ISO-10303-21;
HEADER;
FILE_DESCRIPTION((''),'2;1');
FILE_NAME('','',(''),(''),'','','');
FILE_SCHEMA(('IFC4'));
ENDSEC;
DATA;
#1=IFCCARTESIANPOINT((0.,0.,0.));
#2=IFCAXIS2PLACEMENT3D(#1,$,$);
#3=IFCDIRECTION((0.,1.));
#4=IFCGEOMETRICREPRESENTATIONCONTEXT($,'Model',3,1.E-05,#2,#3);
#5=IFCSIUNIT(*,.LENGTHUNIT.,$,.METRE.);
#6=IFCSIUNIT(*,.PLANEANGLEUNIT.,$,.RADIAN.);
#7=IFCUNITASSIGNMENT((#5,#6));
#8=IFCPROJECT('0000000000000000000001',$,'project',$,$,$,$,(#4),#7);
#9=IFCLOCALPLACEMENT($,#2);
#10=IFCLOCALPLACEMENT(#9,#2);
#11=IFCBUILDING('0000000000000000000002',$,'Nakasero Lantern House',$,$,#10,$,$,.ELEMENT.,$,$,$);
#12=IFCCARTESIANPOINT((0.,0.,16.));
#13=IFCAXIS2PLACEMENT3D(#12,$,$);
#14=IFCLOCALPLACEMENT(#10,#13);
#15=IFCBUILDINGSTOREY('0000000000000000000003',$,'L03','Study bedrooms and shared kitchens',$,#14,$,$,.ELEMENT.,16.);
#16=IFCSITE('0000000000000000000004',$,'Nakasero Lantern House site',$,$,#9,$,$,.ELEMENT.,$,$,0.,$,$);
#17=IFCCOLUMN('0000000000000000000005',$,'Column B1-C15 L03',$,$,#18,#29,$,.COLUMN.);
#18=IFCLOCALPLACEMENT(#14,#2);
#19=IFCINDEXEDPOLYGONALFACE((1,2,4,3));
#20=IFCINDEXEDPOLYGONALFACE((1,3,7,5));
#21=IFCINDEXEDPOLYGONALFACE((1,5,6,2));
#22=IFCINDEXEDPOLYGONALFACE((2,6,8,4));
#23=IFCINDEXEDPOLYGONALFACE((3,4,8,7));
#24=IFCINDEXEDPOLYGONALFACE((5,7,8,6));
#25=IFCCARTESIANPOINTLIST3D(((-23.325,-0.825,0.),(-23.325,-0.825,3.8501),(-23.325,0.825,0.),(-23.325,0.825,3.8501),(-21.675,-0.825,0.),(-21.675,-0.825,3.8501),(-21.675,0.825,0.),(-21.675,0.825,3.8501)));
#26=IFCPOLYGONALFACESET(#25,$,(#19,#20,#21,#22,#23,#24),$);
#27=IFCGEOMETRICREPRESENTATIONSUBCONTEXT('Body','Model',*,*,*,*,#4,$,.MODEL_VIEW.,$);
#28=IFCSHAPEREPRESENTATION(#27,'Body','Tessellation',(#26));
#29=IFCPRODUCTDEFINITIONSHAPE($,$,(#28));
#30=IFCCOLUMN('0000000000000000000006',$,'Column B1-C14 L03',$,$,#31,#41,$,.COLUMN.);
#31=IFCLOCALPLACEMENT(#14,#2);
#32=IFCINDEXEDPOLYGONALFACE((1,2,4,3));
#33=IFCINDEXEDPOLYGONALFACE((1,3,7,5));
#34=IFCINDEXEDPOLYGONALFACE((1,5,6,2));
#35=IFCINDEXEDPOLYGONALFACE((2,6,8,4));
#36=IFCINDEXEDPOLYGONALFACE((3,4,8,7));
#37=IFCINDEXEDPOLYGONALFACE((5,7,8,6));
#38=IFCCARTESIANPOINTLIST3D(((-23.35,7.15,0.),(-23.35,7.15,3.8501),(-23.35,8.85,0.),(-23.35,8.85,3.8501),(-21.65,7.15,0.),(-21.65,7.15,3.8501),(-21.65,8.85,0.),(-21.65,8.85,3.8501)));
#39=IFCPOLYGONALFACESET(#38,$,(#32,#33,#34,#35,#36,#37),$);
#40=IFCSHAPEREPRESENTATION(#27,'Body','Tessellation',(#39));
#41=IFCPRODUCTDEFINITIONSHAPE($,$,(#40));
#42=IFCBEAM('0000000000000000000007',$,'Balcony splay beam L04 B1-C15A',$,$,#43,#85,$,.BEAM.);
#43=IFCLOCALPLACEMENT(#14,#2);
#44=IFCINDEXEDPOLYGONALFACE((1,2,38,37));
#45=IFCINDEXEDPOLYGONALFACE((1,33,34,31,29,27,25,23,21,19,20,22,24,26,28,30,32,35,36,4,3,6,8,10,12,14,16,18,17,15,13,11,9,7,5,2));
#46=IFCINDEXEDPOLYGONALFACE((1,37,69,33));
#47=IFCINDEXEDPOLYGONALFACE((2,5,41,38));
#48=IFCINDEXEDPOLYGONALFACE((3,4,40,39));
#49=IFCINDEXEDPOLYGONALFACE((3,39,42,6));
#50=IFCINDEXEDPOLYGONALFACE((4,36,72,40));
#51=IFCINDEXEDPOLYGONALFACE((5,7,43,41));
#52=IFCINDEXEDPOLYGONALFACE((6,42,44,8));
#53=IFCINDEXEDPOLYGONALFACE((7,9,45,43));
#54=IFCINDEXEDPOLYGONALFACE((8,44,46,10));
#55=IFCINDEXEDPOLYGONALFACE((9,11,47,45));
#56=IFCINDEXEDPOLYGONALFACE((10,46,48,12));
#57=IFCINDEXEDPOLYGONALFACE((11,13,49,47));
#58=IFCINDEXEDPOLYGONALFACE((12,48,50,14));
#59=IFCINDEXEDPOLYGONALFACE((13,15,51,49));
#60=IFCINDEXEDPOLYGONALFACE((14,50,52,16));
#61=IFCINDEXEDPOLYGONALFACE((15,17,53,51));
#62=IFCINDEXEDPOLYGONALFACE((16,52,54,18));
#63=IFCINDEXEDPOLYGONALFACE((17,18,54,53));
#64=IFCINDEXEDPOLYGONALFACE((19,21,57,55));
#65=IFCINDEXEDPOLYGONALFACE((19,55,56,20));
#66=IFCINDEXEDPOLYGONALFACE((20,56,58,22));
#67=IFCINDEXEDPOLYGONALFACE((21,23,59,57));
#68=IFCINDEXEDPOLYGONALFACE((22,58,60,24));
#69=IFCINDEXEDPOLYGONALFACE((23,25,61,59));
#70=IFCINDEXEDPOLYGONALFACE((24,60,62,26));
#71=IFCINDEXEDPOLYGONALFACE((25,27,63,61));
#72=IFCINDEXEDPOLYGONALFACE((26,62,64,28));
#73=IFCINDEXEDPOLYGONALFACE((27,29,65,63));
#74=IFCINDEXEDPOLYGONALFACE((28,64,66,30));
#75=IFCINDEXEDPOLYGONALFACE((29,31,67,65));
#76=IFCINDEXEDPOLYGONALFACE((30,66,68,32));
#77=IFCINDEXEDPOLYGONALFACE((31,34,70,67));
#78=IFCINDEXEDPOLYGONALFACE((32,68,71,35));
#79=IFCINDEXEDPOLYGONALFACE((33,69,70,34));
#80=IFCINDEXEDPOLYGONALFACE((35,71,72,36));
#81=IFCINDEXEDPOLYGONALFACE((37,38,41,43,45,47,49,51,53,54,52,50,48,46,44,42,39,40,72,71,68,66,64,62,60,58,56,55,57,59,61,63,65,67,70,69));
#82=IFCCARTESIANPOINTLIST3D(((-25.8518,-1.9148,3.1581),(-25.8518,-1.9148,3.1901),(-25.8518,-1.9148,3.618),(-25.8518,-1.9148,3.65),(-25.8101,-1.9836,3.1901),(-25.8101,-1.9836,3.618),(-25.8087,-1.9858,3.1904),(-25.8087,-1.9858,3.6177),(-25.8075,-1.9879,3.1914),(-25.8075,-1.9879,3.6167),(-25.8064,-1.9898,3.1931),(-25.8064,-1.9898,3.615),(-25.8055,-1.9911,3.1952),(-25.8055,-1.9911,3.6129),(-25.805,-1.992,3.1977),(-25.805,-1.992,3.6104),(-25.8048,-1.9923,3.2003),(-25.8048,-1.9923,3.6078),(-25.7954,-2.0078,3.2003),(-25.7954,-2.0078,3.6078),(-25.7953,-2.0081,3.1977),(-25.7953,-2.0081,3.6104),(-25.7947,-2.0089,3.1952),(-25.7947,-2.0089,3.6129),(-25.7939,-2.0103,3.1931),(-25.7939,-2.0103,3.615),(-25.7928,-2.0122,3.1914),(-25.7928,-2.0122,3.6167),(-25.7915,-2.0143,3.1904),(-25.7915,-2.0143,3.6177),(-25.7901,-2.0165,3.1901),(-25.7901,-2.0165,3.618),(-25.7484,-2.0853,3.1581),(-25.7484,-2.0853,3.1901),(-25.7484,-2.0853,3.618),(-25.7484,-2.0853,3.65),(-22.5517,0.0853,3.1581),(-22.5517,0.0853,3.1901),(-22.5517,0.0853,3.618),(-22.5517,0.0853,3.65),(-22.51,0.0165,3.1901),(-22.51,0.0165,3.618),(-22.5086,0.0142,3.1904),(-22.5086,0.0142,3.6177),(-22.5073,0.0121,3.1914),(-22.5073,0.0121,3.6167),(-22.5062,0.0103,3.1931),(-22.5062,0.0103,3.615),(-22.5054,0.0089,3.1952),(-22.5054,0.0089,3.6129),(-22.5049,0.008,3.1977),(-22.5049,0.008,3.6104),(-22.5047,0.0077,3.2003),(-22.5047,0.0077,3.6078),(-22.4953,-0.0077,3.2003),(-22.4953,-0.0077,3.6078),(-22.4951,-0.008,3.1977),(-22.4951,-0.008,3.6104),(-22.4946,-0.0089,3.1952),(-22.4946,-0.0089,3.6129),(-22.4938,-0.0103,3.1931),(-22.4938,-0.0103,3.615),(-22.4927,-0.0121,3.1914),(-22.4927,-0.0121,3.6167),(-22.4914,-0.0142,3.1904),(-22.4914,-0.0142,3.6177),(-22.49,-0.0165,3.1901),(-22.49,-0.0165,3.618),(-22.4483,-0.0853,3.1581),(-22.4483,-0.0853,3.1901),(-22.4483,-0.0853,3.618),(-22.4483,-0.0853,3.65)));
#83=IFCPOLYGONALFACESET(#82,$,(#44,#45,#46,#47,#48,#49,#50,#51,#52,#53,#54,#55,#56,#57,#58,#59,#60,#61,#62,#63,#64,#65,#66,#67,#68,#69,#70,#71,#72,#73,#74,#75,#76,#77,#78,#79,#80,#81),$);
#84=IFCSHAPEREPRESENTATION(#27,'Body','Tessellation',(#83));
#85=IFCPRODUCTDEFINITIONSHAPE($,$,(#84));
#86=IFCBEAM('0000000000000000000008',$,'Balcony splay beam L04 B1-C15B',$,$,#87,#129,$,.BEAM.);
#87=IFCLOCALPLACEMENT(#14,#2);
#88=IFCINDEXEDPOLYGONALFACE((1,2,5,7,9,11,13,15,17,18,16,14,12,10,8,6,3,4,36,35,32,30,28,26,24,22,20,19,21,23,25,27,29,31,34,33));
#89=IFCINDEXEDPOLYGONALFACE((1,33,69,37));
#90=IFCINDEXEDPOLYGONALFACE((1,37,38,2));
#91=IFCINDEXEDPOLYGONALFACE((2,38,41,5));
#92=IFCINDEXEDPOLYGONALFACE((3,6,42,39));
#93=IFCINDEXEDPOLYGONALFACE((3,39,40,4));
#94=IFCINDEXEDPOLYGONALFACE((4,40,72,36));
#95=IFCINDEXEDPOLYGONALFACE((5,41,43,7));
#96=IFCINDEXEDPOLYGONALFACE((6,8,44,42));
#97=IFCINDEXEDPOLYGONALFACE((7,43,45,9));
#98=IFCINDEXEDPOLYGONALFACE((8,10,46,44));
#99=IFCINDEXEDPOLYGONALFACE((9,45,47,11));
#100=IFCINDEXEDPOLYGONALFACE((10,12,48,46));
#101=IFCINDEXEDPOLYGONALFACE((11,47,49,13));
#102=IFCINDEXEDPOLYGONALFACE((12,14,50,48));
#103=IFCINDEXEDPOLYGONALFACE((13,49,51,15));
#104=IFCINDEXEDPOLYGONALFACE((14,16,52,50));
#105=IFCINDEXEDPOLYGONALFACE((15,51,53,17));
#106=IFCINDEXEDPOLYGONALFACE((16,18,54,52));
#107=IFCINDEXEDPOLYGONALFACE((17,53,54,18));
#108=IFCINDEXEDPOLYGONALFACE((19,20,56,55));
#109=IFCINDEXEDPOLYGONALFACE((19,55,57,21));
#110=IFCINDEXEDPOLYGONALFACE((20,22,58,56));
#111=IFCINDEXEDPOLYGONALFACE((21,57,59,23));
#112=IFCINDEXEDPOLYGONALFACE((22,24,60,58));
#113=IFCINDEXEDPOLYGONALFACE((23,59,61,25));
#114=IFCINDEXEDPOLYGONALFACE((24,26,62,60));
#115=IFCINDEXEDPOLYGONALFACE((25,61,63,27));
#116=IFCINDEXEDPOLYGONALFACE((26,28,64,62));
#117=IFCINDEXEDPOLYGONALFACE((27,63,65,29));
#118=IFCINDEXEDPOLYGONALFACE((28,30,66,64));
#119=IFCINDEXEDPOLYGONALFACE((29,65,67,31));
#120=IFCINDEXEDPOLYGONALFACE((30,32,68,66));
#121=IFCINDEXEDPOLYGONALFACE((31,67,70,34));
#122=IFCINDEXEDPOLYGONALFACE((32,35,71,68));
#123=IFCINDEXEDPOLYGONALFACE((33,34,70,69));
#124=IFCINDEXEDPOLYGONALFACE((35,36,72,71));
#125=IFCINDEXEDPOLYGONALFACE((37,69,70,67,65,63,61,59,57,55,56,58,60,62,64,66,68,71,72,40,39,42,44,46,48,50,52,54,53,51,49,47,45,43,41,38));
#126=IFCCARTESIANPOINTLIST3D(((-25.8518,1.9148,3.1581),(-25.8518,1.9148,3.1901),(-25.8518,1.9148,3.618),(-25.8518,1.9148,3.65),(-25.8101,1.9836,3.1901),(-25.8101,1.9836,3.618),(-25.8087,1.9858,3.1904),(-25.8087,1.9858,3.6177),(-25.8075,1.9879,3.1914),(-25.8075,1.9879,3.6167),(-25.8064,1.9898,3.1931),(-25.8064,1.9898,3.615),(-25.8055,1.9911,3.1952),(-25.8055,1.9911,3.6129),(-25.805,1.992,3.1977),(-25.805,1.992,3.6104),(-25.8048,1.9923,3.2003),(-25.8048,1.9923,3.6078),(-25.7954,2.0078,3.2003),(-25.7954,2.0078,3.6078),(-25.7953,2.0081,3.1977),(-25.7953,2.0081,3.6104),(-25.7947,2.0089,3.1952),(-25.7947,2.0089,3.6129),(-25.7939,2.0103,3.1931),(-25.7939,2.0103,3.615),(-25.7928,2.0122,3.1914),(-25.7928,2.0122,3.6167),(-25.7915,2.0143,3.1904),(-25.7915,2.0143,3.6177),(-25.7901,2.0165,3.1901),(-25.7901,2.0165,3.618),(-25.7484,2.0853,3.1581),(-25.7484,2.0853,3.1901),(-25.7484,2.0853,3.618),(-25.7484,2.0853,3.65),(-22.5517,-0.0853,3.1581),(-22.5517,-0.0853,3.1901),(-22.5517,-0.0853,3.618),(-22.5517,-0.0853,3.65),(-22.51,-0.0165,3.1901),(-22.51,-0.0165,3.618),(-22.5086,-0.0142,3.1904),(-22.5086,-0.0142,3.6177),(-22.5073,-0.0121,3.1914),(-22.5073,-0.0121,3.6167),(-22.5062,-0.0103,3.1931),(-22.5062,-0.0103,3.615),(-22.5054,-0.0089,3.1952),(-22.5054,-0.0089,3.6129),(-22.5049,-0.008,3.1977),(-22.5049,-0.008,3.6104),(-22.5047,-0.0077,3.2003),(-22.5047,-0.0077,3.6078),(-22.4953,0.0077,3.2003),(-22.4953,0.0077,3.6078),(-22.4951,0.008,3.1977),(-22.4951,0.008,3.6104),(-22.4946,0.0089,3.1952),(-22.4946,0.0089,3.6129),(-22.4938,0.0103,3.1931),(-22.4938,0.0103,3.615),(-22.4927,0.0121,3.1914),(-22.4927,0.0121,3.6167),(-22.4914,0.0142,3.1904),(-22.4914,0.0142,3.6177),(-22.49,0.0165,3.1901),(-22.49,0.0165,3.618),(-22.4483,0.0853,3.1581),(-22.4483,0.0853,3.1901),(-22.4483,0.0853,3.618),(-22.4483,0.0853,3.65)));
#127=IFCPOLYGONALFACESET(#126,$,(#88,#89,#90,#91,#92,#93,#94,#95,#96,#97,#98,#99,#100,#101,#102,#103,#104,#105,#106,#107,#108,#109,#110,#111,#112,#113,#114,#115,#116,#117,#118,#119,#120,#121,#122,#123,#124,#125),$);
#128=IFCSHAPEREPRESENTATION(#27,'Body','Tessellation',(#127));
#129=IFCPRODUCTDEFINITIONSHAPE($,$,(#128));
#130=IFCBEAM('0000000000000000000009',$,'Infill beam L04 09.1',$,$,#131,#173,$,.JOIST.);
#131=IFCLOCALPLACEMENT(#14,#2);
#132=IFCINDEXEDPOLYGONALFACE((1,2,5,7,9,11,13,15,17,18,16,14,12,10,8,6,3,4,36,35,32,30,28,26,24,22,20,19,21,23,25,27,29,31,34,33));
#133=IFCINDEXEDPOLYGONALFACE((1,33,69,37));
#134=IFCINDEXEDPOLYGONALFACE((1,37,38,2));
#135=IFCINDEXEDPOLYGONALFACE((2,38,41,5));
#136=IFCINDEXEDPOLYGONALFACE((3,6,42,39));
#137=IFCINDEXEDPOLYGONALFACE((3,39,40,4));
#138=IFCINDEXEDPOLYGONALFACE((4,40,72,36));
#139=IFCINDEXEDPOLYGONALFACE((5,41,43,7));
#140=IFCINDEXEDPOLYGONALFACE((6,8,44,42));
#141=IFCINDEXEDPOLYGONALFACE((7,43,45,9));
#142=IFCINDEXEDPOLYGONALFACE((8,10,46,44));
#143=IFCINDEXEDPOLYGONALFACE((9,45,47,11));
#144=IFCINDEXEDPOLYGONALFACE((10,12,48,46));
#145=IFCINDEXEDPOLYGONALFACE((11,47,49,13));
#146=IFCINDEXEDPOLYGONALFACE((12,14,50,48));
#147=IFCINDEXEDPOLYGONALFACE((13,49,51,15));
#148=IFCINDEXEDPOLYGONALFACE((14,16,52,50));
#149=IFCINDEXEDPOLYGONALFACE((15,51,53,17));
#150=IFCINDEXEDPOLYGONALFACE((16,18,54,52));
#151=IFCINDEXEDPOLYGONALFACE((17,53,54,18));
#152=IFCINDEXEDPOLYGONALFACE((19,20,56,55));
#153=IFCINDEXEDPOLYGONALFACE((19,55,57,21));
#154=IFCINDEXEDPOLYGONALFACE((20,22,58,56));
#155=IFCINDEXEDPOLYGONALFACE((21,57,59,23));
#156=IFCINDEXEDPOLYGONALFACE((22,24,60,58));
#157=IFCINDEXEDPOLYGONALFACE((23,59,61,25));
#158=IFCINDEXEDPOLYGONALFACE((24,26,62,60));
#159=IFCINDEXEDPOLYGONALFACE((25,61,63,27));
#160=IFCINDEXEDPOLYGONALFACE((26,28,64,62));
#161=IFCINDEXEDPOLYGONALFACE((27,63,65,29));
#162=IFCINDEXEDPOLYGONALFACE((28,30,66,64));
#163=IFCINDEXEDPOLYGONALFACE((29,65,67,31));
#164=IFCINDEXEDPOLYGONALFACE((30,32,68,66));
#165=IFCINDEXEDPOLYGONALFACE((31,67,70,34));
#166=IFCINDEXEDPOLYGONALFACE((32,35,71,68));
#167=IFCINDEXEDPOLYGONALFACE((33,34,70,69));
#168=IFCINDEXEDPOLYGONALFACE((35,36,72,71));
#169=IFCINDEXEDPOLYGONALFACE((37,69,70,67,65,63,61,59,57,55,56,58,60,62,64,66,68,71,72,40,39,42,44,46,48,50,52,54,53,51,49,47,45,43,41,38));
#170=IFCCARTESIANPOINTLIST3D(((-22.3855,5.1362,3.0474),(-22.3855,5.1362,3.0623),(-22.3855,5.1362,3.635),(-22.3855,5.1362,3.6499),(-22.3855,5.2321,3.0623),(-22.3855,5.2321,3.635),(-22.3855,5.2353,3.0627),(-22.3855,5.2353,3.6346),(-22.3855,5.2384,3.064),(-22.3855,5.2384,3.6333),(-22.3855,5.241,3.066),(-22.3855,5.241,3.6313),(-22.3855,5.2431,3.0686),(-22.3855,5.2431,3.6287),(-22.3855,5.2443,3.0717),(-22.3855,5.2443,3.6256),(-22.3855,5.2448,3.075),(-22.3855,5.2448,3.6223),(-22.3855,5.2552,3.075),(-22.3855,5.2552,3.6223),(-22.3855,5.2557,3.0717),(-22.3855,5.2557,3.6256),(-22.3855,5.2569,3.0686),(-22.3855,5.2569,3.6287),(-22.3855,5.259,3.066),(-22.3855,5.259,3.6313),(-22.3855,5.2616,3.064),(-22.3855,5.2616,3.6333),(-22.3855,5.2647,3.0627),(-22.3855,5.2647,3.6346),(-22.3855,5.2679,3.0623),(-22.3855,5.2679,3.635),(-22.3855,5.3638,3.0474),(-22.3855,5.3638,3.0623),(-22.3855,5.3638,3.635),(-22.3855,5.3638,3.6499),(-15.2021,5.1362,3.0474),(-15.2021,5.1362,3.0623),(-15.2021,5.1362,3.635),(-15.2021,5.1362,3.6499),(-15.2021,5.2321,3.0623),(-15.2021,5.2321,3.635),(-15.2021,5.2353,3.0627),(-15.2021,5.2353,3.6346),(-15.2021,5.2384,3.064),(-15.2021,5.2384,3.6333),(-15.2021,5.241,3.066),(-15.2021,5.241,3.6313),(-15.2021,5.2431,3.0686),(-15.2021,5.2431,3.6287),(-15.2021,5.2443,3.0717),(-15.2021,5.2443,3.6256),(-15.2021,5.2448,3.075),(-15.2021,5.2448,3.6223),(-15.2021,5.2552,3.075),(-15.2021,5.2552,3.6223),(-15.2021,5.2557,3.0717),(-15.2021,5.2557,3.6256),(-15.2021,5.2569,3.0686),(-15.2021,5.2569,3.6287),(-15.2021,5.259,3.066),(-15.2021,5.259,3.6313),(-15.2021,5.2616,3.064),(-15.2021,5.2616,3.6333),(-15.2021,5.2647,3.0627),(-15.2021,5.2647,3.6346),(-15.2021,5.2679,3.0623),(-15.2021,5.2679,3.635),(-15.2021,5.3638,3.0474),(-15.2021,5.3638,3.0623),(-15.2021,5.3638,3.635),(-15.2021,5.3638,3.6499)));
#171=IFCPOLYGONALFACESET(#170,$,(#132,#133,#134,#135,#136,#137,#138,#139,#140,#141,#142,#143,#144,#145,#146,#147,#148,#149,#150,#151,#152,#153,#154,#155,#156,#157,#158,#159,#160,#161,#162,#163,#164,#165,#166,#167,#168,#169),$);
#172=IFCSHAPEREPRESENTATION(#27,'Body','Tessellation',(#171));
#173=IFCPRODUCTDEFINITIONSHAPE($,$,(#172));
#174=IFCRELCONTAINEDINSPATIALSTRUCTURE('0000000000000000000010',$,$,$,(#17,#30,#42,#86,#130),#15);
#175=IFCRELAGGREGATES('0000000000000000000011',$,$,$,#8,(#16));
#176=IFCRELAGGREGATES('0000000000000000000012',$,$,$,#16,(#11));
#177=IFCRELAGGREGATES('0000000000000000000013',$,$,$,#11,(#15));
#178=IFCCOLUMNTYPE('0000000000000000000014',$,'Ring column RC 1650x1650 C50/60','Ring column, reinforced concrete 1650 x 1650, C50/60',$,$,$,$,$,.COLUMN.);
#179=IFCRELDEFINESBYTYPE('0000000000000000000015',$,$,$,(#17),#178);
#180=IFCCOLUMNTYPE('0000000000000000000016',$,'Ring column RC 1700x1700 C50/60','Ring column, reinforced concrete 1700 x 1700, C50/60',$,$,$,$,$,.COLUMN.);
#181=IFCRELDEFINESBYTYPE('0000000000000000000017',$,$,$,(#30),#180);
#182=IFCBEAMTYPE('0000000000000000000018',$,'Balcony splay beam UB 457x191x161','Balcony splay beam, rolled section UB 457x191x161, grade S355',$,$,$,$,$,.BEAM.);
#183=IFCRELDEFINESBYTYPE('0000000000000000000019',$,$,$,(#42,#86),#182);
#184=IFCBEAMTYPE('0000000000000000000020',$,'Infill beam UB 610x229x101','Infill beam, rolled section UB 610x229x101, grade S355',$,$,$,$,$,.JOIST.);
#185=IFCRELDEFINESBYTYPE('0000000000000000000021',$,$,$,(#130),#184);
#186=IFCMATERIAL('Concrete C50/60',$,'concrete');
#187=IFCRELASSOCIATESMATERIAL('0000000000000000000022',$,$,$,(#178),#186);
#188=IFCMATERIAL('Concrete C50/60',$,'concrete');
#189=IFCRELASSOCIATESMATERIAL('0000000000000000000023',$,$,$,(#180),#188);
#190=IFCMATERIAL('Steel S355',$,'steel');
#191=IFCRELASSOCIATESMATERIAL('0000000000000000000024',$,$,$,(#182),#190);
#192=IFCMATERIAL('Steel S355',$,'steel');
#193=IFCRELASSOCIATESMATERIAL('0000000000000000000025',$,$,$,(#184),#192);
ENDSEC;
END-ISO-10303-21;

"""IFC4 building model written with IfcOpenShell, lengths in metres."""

from ifc_helpers import new_model, si_unit, direction, frame, origin, origin_2d, place, context, subcontext, project, spatial, rectangle, i_section, extrude, material, material_profile, profile_set, type_object, element, save


model = new_model("IFC4")

# Units and contexts
model_context = context("Model", 3, precision=1e-05, world=origin(), true_north=direction((0.0, 1.0)))
body_context = subcontext(model_context, "Body", "Model", "MODEL_VIEW")
ifc_project = project(units=[si_unit("LENGTHUNIT", "METRE"), si_unit("PLANEANGLEUNIT", "RADIAN")], contexts=[model_context])

# Site, building, storey
site_placement = place(None, origin())
site = spatial("IfcSite", under=ifc_project, at=site_placement, Name="Nakasero Lantern House site", CompositionType="ELEMENT", RefElevation=0.0)
building_placement = place(site_placement, origin())
building = spatial("IfcBuilding", under=site, at=building_placement, Name="Nakasero Lantern House", CompositionType="ELEMENT")
storey_placement = place(building_placement, frame((0.0, 0.0, 16.0)))
storey = spatial("IfcBuildingStorey", under=building, at=storey_placement, Name="L03", Description="Study bedrooms and shared kitchens", CompositionType="ELEMENT", Elevation=16.0)

# Columns
ifc_material_1 = material(Name="Concrete C50/60", Category="concrete")
ifc_material_profile_1 = material_profile(ifc_material_1, rectangle(XDim=1.6499, YDim=1.6499, at=origin_2d()), Name="RC 1650x1650")
ifc_profile_set_1 = profile_set([ifc_material_profile_1], Name="Concrete C50/60")
column_type_1 = type_object("IfcColumnType", Name="Ring column RC 1650x1650 C50/60", Description="Ring column, reinforced concrete 1650 x 1650, C50/60", PredefinedType="COLUMN", material=ifc_profile_set_1)
column_1_placement = place(storey_placement, frame((-22.5, 0.0, 0.0), z_axis=(0.0, 0.0, 1.0), x_axis=(1.0, 0.0, 0.0)))
element("IfcColumn", 1, at=column_1_placement, inside=storey, type_object=column_type_1, Name="Column B1-C15 L03", PredefinedType="COLUMN", context=body_context, shape_type="SweptSolid", body=[
    extrude(rectangle(XDim=1.6499, YDim=1.6499, at=origin_2d()), origin(), (0.0, 0.0, 1.0), 3.8501),
])
ifc_material_2 = material(Name="Concrete C50/60", Category="concrete")
ifc_material_profile_2 = material_profile(ifc_material_2, rectangle(XDim=1.7, YDim=1.7, at=origin_2d()), Name="RC 1700x1700")
ifc_profile_set_2 = profile_set([ifc_material_profile_2], Name="Concrete C50/60")
column_type_2 = type_object("IfcColumnType", Name="Ring column RC 1700x1700 C50/60", Description="Ring column, reinforced concrete 1700 x 1700, C50/60", PredefinedType="COLUMN", material=ifc_profile_set_2)
column_2_placement = place(storey_placement, frame((-22.5, 8.0, 0.0), z_axis=(0.0, 0.0, 1.0), x_axis=(1.0, 0.0, 0.0)))
element("IfcColumn", 2, at=column_2_placement, inside=storey, type_object=column_type_2, Name="Column B1-C14 L03", PredefinedType="COLUMN", context=body_context, shape_type="SweptSolid", body=[
    extrude(rectangle(XDim=1.7, YDim=1.7, at=origin_2d()), origin(), (0.0, 0.0, 1.0), 3.8501),
])

# Beams
ifc_material_3 = material(Name="Steel S355", Category="steel")
ifc_material_profile_3 = material_profile(ifc_material_3, i_section(OverallWidth=0.1995, OverallDepth=0.4919, WebThickness=0.0181, FlangeThickness=0.032, FilletRadius=0.0103, at=origin_2d()), Name="UB 457x191x161")
ifc_profile_set_3 = profile_set([ifc_material_profile_3], Name="Steel S355")
beam_type_1 = type_object("IfcBeamType", Name="Balcony splay beam UB 457x191x161", Description="Balcony splay beam, rolled section UB 457x191x161, grade S355", PredefinedType="BEAM", material=ifc_profile_set_3)
for number, where, z_axis, x_axis, name in (
    (3, (-22.5, 0.0, 3.4041), (-0.855201, -0.518296, 0.0), (0.518296, -0.855201, 0.0), "Balcony splay beam L04 B1-C15A"),
    (4, (-22.5, 0.0, 3.4041), (-0.855201, 0.518296, 0.0), (-0.518296, -0.855201, 0.0), "Balcony splay beam L04 B1-C15B"),
):
    element("IfcBeam", number, at=place(storey_placement, frame(where, z_axis=z_axis, x_axis=x_axis)), inside=storey, type_object=beam_type_1, Name=name, PredefinedType="BEAM", context=body_context, shape_type="SweptSolid", body=[
        extrude(i_section(OverallWidth=0.1995, OverallDepth=0.4919, WebThickness=0.0181, FlangeThickness=0.032, FilletRadius=0.0103, at=origin_2d()), origin(), (0.0, 0.0, 1.0), 3.8589),
    ])
ifc_material_4 = material(Name="Steel S355", Category="steel")
ifc_material_profile_4 = material_profile(ifc_material_4, i_section(OverallWidth=0.2275, OverallDepth=0.6025, WebThickness=0.0105, FlangeThickness=0.0149, FilletRadius=0.0127, at=origin_2d()), Name="UB 610x229x101")
ifc_profile_set_4 = profile_set([ifc_material_profile_4], Name="Steel S355")
beam_type_2 = type_object("IfcBeamType", Name="Infill beam UB 610x229x101", Description="Infill beam, rolled section UB 610x229x101, grade S355", PredefinedType="JOIST", material=ifc_profile_set_4)
beam_1_placement = place(storey_placement, frame((-22.3855, 5.25, 3.3486), z_axis=(1.0, 0.0, 0.0), x_axis=(0.0, 1.0, 0.0)))
element("IfcBeam", 5, at=beam_1_placement, inside=storey, type_object=beam_type_2, Name="Infill beam L04 09.1", PredefinedType="JOIST", context=body_context, shape_type="SweptSolid", body=[
    extrude(i_section(OverallWidth=0.2275, OverallDepth=0.6025, WebThickness=0.0105, FlangeThickness=0.0149, FilletRadius=0.0127, at=origin_2d()), origin(), (0.0, 0.0, 1.0), 7.1833),
])

save(model, "model.ifc")
